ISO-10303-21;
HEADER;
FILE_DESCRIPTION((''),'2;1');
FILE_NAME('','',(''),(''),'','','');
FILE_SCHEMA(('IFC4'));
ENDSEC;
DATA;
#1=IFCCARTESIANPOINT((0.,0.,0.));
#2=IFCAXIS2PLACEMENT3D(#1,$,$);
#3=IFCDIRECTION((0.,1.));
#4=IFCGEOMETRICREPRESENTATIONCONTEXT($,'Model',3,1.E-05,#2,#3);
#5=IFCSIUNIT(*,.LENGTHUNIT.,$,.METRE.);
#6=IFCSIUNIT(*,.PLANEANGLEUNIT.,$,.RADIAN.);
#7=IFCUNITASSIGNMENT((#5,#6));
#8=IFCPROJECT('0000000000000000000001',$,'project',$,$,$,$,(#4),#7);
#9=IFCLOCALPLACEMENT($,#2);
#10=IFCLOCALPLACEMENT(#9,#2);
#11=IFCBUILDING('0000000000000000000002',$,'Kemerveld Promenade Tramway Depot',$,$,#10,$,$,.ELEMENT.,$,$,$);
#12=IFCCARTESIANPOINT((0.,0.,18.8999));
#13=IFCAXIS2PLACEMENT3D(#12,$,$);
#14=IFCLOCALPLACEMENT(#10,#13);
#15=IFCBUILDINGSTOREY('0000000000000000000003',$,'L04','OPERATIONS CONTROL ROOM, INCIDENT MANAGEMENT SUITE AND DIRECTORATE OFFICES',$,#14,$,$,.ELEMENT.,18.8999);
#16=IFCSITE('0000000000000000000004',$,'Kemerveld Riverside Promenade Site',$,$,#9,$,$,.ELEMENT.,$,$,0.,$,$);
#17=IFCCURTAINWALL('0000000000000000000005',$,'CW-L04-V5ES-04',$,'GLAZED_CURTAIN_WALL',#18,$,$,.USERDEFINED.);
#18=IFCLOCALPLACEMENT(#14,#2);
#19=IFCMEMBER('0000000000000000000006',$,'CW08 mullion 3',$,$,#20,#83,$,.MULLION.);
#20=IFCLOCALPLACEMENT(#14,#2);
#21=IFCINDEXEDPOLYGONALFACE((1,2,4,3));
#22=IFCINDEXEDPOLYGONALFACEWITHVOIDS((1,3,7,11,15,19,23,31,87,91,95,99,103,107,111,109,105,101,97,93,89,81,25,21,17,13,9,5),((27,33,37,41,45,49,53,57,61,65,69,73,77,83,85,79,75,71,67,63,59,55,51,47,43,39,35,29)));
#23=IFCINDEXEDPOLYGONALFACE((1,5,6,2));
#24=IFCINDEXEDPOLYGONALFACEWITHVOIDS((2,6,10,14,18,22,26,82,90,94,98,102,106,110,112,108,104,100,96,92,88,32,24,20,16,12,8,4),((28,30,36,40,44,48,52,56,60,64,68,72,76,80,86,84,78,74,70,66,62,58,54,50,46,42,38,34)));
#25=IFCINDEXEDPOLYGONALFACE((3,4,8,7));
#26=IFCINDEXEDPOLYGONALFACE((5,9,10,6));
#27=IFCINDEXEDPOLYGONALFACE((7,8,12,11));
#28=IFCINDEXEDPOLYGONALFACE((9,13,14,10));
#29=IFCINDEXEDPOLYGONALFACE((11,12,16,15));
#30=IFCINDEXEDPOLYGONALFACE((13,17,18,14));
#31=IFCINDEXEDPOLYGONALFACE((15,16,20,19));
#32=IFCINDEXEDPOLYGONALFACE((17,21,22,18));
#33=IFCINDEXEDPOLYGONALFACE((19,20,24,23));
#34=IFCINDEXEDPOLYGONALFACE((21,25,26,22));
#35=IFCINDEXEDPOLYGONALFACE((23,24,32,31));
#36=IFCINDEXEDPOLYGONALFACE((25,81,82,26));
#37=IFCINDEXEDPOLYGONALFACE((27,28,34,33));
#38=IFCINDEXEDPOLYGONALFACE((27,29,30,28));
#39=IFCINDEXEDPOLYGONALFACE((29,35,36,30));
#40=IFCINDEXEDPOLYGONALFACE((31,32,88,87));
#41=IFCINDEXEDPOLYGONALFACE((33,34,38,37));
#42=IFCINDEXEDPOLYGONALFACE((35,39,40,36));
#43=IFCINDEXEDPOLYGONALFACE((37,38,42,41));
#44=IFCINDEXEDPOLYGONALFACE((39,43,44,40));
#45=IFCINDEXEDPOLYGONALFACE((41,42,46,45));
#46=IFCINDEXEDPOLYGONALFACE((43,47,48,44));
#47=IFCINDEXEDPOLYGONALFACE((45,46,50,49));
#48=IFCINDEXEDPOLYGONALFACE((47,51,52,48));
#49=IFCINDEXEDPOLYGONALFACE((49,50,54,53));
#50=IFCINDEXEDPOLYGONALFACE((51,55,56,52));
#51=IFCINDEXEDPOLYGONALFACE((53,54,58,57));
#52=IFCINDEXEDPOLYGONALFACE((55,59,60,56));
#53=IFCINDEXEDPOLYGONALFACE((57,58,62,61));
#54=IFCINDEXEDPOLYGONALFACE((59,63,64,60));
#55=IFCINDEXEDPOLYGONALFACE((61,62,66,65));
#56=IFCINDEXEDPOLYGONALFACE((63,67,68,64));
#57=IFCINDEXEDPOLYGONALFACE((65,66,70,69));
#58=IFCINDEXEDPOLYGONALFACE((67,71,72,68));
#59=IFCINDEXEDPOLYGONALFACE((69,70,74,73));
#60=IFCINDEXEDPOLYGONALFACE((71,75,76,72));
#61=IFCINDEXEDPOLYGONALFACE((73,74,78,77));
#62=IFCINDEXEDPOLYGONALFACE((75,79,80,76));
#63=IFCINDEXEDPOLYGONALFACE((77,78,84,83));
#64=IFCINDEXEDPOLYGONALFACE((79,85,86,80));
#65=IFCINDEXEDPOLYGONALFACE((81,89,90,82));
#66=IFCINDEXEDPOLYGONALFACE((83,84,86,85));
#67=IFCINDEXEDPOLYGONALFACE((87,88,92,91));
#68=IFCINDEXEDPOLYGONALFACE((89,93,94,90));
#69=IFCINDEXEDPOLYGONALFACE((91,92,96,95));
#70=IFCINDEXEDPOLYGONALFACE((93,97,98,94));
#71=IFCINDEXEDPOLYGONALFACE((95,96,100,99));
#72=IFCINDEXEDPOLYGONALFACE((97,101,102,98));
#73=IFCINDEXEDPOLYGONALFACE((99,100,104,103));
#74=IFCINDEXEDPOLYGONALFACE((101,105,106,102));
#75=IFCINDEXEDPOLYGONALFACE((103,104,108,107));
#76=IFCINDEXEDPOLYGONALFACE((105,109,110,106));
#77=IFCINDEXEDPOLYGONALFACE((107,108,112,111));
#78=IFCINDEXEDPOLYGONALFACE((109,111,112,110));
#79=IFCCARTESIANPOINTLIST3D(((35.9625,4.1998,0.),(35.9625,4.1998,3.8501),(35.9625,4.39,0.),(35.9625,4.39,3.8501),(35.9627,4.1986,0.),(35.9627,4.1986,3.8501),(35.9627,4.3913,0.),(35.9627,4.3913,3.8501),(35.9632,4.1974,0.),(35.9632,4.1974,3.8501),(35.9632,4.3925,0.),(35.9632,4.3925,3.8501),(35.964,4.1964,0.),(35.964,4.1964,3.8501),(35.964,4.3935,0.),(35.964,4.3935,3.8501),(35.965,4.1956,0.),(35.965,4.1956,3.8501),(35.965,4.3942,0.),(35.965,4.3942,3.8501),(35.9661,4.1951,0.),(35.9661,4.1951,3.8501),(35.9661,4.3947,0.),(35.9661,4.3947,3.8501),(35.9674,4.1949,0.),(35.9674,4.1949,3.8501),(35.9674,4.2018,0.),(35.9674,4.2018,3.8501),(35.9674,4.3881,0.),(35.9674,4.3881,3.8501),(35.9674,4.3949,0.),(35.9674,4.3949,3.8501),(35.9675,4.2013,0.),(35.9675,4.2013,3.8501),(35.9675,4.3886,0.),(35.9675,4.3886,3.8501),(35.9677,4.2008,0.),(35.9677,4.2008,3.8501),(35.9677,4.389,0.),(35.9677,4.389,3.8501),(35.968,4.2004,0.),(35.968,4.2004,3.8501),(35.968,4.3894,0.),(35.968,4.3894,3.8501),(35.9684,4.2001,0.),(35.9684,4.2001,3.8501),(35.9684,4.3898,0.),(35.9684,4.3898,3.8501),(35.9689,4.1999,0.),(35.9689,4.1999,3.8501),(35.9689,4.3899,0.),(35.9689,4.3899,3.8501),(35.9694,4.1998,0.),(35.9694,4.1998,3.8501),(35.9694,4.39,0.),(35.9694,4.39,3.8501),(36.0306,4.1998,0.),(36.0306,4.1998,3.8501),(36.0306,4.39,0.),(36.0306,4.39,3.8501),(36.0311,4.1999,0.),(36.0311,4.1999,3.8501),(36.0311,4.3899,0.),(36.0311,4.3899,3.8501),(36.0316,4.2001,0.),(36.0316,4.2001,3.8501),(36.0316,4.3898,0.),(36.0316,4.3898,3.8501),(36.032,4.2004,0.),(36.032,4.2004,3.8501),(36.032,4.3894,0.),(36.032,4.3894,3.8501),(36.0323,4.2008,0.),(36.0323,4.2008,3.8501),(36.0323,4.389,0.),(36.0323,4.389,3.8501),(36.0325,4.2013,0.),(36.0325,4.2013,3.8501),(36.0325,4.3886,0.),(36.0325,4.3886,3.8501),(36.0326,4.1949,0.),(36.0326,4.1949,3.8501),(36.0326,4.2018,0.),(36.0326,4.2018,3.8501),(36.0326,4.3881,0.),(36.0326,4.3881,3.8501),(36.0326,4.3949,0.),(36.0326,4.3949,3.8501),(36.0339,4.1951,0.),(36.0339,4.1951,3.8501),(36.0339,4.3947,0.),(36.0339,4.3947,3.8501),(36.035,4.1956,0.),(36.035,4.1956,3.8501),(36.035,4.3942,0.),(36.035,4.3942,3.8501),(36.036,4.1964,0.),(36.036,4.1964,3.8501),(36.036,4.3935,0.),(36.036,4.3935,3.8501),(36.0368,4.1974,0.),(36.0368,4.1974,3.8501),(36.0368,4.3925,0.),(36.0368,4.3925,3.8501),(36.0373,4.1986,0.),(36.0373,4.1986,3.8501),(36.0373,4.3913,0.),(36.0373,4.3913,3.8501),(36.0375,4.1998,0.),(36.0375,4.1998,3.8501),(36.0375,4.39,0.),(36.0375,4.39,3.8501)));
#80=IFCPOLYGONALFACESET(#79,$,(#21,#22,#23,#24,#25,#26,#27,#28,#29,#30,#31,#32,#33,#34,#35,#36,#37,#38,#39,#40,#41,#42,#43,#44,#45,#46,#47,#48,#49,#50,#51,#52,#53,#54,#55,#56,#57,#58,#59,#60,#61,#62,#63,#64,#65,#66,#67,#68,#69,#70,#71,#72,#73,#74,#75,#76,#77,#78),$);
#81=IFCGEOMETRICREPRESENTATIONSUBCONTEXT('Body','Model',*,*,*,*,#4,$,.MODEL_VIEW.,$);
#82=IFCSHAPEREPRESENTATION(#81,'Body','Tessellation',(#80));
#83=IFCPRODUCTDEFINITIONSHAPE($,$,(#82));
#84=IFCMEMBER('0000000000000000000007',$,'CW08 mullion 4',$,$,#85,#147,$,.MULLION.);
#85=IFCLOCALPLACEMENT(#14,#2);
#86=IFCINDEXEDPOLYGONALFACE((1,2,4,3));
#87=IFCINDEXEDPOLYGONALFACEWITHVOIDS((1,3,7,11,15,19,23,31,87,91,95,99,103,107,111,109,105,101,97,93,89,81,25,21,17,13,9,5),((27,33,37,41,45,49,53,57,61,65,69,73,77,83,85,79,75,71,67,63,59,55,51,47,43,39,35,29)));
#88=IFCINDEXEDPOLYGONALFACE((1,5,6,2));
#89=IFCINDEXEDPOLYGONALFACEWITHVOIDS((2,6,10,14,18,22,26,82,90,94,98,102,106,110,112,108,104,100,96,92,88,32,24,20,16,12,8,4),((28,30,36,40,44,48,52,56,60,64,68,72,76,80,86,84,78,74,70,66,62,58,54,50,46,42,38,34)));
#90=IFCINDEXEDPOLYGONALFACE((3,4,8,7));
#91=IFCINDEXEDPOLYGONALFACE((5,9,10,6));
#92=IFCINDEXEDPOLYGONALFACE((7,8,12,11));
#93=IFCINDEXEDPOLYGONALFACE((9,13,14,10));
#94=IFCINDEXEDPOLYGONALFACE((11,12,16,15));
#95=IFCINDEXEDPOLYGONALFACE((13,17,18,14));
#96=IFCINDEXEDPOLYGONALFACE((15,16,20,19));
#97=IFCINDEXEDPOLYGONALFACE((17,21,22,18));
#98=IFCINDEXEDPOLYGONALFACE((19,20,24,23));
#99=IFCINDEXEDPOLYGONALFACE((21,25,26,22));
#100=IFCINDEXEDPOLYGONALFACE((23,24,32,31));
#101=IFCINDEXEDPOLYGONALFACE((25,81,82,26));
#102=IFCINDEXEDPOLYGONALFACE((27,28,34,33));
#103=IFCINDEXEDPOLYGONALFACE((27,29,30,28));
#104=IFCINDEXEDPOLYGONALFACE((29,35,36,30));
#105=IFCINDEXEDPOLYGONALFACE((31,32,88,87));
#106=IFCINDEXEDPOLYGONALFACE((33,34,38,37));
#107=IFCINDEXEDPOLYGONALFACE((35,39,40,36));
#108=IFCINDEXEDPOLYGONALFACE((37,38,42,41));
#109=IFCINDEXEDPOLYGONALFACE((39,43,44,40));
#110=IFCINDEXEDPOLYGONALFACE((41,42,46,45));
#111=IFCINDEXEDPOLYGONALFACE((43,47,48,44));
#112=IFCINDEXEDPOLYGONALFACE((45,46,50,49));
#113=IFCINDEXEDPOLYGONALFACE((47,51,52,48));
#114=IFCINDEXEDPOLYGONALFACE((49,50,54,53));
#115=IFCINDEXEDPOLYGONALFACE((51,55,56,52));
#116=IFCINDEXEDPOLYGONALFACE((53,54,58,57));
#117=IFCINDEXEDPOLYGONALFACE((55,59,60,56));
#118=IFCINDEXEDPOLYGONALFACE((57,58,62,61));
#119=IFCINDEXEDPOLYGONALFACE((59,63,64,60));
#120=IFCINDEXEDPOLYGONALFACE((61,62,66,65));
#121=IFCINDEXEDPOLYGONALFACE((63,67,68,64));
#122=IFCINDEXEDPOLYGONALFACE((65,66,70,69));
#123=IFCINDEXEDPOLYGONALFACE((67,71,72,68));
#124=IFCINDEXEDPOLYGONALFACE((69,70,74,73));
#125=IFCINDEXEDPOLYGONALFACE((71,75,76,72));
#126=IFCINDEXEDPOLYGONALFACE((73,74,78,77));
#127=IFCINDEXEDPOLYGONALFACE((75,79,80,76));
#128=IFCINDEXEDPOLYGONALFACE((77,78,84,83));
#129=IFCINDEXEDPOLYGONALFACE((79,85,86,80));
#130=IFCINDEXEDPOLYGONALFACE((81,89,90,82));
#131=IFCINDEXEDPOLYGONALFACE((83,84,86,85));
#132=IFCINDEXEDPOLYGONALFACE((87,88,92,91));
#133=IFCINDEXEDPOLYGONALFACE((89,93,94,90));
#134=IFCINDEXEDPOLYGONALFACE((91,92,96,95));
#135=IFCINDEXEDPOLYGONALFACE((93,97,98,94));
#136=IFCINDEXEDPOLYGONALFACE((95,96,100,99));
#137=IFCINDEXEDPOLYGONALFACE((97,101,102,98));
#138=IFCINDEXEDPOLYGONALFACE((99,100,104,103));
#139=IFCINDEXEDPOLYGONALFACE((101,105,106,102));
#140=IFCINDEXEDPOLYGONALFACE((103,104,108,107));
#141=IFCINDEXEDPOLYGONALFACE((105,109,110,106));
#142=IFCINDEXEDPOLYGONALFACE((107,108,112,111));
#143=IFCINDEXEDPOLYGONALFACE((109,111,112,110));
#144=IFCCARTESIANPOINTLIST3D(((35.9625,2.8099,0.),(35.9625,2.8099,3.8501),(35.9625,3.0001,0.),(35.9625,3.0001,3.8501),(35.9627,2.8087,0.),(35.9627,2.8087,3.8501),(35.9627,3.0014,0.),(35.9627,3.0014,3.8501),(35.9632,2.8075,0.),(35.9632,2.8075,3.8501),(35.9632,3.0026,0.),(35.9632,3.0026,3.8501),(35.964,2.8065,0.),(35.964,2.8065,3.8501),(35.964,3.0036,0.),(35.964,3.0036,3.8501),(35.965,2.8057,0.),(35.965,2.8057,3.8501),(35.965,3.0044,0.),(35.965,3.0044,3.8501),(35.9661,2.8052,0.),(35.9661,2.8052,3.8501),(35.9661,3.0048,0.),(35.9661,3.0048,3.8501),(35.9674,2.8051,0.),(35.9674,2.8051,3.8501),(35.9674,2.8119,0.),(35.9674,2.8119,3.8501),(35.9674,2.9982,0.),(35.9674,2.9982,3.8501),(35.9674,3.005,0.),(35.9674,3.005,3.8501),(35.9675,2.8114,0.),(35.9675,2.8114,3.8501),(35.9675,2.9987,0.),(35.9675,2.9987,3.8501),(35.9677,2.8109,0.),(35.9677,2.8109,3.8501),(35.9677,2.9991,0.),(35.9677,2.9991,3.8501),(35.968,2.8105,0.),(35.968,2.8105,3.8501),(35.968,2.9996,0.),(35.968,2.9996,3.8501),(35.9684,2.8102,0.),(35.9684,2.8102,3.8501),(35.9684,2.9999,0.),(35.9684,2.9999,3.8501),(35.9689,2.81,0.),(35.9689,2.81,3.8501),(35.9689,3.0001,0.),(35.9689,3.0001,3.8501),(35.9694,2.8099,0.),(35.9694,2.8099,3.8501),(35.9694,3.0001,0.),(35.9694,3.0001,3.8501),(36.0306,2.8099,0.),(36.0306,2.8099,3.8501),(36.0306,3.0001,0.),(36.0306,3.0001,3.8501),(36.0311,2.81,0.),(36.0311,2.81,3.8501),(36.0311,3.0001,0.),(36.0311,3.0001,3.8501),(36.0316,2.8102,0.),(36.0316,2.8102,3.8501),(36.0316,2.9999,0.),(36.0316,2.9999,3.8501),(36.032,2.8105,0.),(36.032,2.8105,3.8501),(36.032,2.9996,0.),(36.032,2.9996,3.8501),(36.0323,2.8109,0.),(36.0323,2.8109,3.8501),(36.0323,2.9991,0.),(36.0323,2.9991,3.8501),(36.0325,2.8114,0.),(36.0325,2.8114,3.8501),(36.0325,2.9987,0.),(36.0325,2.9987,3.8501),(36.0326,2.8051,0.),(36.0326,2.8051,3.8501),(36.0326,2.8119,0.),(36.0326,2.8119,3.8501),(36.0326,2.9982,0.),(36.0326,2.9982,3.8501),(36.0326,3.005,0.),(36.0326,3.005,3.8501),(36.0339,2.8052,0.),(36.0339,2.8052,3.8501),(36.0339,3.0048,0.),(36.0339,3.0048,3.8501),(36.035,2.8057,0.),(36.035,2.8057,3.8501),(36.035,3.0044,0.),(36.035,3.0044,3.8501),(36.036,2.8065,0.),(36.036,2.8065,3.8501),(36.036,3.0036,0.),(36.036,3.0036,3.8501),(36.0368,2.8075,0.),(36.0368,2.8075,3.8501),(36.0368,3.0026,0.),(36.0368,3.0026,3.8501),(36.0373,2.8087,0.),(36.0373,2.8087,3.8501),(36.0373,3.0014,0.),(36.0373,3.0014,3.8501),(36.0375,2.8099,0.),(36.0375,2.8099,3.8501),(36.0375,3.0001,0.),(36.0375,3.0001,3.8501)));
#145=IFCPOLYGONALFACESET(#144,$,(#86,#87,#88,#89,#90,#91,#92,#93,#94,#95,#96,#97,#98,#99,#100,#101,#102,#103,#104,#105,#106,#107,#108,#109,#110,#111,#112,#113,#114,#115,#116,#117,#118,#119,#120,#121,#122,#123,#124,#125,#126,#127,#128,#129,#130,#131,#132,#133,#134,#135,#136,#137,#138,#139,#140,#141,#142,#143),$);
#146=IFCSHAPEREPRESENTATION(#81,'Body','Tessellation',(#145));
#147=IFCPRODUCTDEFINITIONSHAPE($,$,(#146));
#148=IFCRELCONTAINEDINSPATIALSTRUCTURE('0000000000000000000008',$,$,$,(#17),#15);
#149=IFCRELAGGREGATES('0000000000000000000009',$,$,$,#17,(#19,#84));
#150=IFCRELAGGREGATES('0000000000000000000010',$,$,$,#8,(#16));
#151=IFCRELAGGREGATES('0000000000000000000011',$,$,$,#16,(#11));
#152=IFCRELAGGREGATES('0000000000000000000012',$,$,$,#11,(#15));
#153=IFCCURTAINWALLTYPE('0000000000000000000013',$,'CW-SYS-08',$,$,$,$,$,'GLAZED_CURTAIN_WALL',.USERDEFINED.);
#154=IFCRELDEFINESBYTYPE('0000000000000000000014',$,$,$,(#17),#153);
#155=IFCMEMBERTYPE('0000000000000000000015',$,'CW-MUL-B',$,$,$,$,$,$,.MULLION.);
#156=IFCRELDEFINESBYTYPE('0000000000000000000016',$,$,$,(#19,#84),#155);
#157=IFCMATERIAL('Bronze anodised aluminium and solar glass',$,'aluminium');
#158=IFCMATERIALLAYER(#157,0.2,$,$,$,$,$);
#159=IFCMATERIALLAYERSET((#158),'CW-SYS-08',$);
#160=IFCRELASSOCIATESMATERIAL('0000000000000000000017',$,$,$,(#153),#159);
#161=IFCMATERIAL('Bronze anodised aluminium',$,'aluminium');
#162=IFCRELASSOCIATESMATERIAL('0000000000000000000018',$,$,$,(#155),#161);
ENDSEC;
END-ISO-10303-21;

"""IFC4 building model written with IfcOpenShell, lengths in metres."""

from ifc_helpers import new_model, si_unit, direction, frame, origin, origin_2d, place, context, subcontext, project, spatial, hollow_rectangle, extrude, material, layer, layer_set, material_profile, profile_set, type_object, element, aggregate, save


model = new_model("IFC4")

# Units and contexts
model_context = context("Model", 3, precision=1e-05, world=origin(), true_north=direction((0.0, 1.0)))
body_context = subcontext(model_context, "Body", "Model", "MODEL_VIEW")
ifc_project = project(units=[si_unit("LENGTHUNIT", "METRE"), si_unit("PLANEANGLEUNIT", "RADIAN")], contexts=[model_context])

# Site, building, storey
site_placement = place(None, origin())
site = spatial("IfcSite", under=ifc_project, at=site_placement, Name="Kemerveld Riverside Promenade Site", CompositionType="ELEMENT", RefElevation=0.0)
building_placement = place(site_placement, origin())
building = spatial("IfcBuilding", under=site, at=building_placement, Name="Kemerveld Promenade Tramway Depot", CompositionType="ELEMENT")
storey_placement = place(building_placement, frame((0.0, 0.0, 18.8999)))
storey = spatial("IfcBuildingStorey", under=building, at=storey_placement, Name="L04", Description="OPERATIONS CONTROL ROOM, INCIDENT MANAGEMENT SUITE AND DIRECTORATE OFFICES", CompositionType="ELEMENT", Elevation=18.8999)

# Curtain wall, members
ifc_material_1 = material(Name="Bronze anodised aluminium and solar glass", Category="aluminium")
ifc_layer_1 = layer(ifc_material_1, 0.2)
ifc_layer_set_1 = layer_set([ifc_layer_1], Name="CW-SYS-08")
curtain_wall_type = type_object("IfcCurtainWallType", Name="CW-SYS-08", ElementType="GLAZED_CURTAIN_WALL", PredefinedType="USERDEFINED", material=ifc_layer_set_1)
curtain_wall_placement = place(storey_placement, origin())
curtain_wall = element("IfcCurtainWall", 1, at=curtain_wall_placement, inside=storey, type_object=curtain_wall_type, Name="CW-L04-V5ES-04", ObjectType="GLAZED_CURTAIN_WALL", PredefinedType="USERDEFINED")
ifc_material_2 = material(Name="Bronze anodised aluminium", Category="aluminium")
ifc_material_profile_1 = material_profile(ifc_material_2, hollow_rectangle(XDim=0.075, YDim=0.2, WallThickness=0.0049, InnerFilletRadius=0.002, OuterFilletRadius=0.0049, at=origin_2d()), Name="CW-MUL-200x75")
ifc_profile_set_1 = profile_set([ifc_material_profile_1], Name="Bronze anodised aluminium")
member_type_1 = type_object("IfcMemberType", Name="CW-MUL-B", PredefinedType="MULLION", material=ifc_profile_set_1)
member_1_placement = place(storey_placement, frame((36.0, 4.2949, 0.0), z_axis=(0.0, 0.0, 1.0), x_axis=(1.0, 0.0, 0.0)))
member_1 = element("IfcMember", 2, at=member_1_placement, type_object=member_type_1, Name="CW08 mullion 3", PredefinedType="MULLION", context=body_context, shape_type="SweptSolid", body=[
    extrude(hollow_rectangle(XDim=0.075, YDim=0.2, WallThickness=0.0049, InnerFilletRadius=0.002, OuterFilletRadius=0.0049, at=origin_2d()), origin(), (0.0, 0.0, 1.0), 3.8501),
])
member_2_placement = place(storey_placement, frame((36.0, 2.905, 0.0), z_axis=(0.0, 0.0, 1.0), x_axis=(1.0, 0.0, 0.0)))
member_2 = element("IfcMember", 3, at=member_2_placement, type_object=member_type_1, Name="CW08 mullion 4", PredefinedType="MULLION", context=body_context, shape_type="SweptSolid", body=[
    extrude(hollow_rectangle(XDim=0.075, YDim=0.2, WallThickness=0.0049, InnerFilletRadius=0.002, OuterFilletRadius=0.0049, at=origin_2d()), origin(), (0.0, 0.0, 1.0), 3.8501),
])
aggregate(curtain_wall, [member_1, member_2])

save(model, "model.ifc")
